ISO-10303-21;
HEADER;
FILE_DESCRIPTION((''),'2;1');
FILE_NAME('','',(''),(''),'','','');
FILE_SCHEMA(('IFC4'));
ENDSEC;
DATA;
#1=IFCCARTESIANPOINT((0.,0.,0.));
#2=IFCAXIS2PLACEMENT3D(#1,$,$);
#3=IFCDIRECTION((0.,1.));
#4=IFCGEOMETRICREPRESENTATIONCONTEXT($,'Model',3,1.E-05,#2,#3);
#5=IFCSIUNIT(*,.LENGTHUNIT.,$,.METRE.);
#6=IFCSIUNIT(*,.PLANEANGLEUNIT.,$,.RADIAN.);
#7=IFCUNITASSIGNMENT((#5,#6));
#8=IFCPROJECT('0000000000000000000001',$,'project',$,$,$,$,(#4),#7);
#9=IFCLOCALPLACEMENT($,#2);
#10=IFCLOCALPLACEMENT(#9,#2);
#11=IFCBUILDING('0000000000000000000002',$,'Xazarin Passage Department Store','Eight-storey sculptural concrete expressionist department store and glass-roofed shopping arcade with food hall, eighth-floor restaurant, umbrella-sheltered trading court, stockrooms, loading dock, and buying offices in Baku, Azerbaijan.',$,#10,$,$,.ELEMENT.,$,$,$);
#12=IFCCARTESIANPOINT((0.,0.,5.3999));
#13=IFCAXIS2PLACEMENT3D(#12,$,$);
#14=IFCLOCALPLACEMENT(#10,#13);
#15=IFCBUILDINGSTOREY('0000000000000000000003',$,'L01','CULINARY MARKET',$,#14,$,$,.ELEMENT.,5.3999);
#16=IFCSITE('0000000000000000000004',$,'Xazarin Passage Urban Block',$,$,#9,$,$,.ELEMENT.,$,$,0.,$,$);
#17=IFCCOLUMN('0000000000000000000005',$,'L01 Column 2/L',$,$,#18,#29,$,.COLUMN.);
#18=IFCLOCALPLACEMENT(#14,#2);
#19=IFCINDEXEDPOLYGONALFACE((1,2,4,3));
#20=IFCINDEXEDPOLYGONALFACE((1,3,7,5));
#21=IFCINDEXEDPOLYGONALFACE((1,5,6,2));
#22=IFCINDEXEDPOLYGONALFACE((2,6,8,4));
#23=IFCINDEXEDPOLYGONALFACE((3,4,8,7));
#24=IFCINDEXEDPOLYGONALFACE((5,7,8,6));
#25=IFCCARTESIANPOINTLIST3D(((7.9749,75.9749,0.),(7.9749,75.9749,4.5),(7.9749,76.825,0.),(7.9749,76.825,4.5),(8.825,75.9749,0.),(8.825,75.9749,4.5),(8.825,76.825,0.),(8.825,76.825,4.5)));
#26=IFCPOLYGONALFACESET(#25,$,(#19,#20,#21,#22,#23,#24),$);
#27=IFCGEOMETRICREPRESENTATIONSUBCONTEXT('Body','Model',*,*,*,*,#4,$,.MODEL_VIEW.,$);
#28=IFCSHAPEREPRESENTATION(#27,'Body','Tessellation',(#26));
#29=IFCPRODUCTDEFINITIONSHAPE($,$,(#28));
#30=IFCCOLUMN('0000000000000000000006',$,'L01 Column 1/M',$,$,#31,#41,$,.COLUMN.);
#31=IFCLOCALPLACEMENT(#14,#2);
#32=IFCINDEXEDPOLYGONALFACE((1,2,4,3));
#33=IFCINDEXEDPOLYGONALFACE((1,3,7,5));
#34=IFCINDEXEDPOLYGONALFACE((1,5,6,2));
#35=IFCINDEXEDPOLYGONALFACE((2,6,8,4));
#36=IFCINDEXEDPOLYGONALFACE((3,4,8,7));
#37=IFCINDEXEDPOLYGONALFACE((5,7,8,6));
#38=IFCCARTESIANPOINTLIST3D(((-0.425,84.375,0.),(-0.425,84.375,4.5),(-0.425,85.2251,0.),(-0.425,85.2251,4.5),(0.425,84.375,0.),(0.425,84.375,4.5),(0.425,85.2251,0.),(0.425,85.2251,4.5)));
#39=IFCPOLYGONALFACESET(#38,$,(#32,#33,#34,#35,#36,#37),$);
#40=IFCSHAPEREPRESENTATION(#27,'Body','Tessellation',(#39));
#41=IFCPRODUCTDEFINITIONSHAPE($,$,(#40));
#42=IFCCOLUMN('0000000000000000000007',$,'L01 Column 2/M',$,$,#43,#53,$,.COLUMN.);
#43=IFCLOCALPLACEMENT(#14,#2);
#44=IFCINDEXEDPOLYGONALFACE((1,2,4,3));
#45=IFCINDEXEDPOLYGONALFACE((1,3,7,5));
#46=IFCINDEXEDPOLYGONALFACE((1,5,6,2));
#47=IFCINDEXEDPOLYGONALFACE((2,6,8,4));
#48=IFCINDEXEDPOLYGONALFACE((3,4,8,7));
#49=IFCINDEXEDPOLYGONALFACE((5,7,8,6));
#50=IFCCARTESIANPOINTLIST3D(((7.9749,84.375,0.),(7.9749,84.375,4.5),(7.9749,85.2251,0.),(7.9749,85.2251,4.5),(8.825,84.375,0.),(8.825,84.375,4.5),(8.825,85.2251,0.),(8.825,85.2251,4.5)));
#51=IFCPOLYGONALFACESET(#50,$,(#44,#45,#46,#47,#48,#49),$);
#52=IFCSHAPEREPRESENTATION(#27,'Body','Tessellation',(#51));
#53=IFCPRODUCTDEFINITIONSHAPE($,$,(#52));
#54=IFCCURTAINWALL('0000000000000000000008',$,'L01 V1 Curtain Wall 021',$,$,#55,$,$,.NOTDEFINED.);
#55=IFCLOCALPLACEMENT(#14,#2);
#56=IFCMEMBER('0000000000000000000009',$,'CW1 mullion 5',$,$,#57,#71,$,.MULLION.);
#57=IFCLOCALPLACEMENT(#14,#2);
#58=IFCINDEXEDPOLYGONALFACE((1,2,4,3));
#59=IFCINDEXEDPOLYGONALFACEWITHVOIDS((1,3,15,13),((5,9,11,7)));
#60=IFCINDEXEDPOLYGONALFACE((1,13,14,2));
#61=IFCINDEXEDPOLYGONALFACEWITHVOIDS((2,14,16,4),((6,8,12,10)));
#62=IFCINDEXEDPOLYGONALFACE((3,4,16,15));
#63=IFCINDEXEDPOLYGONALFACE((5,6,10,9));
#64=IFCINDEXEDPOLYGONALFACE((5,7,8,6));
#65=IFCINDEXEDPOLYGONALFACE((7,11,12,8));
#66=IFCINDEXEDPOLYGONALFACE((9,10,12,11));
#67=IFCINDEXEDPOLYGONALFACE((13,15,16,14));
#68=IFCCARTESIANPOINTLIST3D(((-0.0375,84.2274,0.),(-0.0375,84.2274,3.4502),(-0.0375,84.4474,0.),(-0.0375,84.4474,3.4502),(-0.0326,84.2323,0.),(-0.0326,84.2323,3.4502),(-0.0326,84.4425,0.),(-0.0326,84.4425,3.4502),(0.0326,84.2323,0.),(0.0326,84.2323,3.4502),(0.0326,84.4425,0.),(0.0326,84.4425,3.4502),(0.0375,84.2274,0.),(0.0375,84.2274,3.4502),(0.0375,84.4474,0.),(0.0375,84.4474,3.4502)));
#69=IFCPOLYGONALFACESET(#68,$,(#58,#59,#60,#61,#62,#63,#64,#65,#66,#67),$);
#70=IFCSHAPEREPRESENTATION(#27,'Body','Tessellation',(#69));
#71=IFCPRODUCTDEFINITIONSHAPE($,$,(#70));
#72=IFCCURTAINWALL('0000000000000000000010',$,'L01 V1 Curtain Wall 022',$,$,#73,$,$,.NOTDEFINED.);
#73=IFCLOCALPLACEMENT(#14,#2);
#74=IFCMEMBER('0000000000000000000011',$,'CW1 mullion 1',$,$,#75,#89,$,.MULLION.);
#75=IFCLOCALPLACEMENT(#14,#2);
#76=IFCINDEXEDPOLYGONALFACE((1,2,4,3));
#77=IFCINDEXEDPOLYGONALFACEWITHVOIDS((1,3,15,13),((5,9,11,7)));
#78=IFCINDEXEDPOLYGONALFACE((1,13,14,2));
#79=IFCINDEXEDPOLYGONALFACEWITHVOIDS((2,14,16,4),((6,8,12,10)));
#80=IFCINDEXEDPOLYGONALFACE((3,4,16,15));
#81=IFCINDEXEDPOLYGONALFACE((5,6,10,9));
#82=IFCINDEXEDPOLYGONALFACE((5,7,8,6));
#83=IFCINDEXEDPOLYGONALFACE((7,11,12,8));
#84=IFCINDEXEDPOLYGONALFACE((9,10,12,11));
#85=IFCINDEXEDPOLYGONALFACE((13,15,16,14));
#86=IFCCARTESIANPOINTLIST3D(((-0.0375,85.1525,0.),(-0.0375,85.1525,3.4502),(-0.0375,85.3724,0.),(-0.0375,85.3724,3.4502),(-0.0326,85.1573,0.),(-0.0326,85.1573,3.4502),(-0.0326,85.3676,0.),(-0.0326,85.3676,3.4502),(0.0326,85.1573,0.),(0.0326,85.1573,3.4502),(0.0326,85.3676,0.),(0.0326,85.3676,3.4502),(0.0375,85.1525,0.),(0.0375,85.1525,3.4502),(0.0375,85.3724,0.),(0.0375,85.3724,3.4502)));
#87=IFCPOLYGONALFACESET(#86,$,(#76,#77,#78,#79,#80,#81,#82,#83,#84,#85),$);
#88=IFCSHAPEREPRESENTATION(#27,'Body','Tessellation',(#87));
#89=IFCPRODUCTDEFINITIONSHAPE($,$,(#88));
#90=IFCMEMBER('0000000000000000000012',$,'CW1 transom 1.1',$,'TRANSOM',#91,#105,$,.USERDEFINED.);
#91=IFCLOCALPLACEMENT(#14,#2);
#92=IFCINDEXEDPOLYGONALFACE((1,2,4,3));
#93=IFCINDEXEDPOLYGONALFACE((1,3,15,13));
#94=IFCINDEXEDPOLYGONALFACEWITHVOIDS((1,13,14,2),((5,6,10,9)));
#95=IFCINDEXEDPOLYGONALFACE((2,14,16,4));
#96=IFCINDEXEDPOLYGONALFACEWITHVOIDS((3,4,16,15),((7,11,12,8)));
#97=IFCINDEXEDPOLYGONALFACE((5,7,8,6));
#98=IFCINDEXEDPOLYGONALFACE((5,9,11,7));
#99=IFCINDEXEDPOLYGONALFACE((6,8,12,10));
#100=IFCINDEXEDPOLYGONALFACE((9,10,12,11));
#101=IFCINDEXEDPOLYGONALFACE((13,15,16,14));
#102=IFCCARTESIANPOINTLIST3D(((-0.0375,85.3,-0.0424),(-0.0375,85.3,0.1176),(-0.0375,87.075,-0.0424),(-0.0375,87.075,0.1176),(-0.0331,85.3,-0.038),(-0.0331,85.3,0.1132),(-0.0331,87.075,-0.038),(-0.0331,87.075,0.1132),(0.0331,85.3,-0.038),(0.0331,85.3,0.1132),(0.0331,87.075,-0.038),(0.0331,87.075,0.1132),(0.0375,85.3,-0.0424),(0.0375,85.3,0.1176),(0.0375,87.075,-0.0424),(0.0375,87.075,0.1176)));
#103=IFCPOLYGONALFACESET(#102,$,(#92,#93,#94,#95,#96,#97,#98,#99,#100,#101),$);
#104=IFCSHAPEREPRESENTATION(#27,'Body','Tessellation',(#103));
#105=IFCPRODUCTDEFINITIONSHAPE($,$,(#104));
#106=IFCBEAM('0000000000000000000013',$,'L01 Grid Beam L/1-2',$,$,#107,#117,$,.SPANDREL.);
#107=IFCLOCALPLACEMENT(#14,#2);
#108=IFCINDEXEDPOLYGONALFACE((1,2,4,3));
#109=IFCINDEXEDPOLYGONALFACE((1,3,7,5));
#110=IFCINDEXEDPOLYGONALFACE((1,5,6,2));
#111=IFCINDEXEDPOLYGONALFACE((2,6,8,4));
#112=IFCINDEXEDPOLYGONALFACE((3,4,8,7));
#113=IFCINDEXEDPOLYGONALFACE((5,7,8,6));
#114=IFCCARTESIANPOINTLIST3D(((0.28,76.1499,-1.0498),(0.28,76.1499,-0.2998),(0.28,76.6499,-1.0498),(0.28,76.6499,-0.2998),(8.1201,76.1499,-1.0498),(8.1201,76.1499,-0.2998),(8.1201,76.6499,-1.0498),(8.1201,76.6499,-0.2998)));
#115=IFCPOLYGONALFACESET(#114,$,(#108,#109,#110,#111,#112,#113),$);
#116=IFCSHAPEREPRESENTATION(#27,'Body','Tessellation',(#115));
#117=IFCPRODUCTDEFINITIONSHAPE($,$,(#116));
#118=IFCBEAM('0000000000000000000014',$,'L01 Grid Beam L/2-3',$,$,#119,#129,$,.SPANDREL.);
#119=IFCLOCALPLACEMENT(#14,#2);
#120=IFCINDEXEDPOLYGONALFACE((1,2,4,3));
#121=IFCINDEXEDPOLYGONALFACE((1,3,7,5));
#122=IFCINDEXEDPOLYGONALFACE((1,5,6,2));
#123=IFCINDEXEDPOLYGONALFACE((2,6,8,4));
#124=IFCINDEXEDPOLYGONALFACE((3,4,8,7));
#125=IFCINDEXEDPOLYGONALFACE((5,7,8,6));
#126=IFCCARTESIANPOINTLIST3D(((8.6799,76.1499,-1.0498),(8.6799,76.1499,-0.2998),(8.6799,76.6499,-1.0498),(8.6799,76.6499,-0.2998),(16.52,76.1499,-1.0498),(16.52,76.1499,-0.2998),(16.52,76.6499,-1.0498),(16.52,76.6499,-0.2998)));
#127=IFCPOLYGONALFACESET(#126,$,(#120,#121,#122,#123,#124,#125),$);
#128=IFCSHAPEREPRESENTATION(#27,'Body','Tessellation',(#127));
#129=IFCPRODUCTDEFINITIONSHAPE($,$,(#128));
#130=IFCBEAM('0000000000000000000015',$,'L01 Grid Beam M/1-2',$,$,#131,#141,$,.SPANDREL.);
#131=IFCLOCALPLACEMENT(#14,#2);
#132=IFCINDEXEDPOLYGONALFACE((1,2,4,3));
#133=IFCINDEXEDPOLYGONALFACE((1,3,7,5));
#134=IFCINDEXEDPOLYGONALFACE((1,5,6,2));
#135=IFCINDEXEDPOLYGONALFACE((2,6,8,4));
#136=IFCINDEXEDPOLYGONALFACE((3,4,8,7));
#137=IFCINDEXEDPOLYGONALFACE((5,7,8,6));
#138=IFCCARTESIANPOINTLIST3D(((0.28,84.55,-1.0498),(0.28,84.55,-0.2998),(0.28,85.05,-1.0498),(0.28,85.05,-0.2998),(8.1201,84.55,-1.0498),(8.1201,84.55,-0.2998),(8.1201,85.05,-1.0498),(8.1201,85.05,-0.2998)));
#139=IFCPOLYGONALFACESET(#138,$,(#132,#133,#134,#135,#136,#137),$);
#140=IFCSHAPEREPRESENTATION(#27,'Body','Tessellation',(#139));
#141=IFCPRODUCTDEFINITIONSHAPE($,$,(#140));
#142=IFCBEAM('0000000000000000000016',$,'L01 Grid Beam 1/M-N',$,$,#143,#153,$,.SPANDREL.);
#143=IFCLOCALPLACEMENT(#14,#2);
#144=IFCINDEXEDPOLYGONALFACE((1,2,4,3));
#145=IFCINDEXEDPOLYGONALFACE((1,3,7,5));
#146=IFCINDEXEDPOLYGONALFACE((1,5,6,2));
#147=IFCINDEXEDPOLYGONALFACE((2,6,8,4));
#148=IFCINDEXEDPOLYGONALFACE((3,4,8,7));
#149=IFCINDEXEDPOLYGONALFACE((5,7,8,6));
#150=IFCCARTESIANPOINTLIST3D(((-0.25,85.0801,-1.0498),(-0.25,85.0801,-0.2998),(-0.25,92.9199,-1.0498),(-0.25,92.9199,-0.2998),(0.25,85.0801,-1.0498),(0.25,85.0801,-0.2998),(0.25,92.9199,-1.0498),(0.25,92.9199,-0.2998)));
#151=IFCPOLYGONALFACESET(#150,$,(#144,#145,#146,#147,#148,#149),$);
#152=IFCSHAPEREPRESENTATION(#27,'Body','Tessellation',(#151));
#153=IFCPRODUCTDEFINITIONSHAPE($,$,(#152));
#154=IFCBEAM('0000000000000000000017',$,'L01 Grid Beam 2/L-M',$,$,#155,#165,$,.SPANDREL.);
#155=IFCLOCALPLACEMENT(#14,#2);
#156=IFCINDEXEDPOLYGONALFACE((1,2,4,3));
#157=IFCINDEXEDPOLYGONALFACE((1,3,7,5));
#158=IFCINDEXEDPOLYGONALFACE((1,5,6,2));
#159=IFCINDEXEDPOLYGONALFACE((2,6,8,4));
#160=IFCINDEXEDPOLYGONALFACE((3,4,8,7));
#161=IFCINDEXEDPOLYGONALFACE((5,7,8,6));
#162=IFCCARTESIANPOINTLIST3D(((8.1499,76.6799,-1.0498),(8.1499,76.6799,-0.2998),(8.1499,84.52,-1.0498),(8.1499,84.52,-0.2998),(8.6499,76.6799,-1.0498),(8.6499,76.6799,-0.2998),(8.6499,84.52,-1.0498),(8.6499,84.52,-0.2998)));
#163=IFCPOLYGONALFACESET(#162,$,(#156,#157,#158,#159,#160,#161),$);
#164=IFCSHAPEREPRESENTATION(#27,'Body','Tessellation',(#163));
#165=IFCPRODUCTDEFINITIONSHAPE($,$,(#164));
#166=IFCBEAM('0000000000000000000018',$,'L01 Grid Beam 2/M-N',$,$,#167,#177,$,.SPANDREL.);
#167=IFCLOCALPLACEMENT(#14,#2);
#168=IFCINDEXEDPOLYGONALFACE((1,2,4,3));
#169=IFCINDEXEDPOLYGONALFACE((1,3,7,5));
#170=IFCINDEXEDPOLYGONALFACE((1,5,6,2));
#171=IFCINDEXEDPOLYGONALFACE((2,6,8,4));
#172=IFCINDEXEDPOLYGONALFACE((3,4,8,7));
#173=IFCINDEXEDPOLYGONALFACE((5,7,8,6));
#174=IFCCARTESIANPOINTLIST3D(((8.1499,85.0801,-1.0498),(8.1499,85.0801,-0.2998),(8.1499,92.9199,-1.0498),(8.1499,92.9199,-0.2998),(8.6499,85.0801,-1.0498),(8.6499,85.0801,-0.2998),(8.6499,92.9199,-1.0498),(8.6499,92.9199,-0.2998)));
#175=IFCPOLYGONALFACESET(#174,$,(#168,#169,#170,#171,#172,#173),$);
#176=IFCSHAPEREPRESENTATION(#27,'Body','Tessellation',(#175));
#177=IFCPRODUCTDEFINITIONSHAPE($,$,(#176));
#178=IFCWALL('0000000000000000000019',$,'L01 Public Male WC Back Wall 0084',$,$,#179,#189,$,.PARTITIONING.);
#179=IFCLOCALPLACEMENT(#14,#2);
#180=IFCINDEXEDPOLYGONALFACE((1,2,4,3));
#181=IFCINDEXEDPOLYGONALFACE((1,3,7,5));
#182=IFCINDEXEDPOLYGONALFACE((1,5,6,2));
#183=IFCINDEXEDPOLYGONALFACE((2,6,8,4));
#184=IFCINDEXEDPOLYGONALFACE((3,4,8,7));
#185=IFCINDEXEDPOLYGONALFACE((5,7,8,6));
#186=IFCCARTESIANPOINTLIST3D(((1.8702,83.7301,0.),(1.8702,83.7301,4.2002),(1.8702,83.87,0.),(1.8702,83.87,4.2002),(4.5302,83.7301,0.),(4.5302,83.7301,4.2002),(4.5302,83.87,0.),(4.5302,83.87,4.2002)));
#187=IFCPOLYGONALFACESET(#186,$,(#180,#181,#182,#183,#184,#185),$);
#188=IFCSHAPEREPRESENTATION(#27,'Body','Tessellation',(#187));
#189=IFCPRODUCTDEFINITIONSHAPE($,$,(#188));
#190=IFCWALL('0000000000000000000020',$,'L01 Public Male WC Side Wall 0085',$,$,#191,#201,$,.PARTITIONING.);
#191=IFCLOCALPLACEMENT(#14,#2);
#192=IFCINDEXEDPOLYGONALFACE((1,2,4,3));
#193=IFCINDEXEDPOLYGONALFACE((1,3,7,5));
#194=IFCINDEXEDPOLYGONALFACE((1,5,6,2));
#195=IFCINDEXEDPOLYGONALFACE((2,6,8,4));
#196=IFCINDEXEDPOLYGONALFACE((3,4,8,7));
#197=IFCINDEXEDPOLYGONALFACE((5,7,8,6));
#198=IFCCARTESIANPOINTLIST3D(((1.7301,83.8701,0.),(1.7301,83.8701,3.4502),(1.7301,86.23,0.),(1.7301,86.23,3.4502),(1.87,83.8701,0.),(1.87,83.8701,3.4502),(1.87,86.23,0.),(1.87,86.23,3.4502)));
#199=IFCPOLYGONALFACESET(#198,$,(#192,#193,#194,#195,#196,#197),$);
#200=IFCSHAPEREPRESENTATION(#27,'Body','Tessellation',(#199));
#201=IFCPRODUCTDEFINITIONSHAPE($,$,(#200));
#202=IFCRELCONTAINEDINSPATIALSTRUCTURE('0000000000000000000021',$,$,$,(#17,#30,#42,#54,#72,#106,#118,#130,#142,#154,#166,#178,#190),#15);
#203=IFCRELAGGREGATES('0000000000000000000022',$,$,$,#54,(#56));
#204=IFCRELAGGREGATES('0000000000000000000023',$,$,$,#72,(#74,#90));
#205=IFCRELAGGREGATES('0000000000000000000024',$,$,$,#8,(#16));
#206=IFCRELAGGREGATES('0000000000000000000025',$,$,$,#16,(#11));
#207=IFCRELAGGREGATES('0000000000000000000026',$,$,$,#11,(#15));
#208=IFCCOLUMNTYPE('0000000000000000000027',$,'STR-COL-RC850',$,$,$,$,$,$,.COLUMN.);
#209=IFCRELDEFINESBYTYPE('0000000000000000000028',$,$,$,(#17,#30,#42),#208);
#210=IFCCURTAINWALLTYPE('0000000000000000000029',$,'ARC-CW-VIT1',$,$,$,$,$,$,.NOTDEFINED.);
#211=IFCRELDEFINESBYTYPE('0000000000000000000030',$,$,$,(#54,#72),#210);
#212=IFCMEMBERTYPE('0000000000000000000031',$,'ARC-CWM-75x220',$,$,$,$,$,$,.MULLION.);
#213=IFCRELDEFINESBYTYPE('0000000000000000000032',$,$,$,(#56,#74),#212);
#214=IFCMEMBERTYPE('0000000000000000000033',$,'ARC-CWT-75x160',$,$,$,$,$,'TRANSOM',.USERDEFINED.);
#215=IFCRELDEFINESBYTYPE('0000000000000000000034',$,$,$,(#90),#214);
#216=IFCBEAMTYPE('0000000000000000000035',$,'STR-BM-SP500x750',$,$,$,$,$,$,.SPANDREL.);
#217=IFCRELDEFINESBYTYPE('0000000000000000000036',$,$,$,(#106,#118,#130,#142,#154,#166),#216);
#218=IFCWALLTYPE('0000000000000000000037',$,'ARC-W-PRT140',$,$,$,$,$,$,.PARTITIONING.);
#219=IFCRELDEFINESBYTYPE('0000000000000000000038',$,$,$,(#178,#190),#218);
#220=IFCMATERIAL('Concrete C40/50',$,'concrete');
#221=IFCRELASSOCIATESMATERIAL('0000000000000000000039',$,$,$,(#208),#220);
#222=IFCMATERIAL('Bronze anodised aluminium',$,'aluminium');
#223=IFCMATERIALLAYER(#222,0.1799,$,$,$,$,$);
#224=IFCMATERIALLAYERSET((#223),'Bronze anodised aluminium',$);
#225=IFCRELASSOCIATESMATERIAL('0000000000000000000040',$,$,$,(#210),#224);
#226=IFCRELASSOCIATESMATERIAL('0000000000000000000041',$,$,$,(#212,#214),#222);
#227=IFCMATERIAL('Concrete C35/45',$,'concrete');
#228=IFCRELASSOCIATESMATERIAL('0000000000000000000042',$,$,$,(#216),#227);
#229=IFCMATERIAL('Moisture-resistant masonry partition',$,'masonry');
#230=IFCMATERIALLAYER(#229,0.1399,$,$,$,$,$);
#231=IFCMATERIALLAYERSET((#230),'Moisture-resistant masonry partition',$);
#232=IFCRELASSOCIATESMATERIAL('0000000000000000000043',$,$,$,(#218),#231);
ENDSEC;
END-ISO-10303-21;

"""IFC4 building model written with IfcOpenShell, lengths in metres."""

from ifc_helpers import new_model, si_unit, direction, frame, frame_2d, origin, origin_2d, place, context, subcontext, project, spatial, rectangle, hollow_rectangle, extrude, material, layer, layer_set, material_profile, profile_set, type_object, element, aggregate, save


model = new_model("IFC4")

# Units and contexts
model_context = context("Model", 3, precision=1e-05, world=origin(), true_north=direction((0.0, 1.0)))
body_context = subcontext(model_context, "Body", "Model", "MODEL_VIEW")
ifc_project = project(units=[si_unit("LENGTHUNIT", "METRE"), si_unit("PLANEANGLEUNIT", "RADIAN")], contexts=[model_context])

# Site, building, storey
site_placement = place(None, origin())
site = spatial("IfcSite", under=ifc_project, at=site_placement, Name="Xazarin Passage Urban Block", CompositionType="ELEMENT", RefElevation=0.0)
building_placement = place(site_placement, origin())
building = spatial("IfcBuilding", under=site, at=building_placement, Name="Xazarin Passage Department Store", Description="Eight-storey sculptural concrete expressionist department store and glass-roofed shopping arcade with food hall, eighth-floor restaurant, umbrella-sheltered trading court, stockrooms, loading dock, and buying offices in Baku, Azerbaijan.", CompositionType="ELEMENT")
storey_placement = place(building_placement, frame((0.0, 0.0, 5.3999)))
storey = spatial("IfcBuildingStorey", under=building, at=storey_placement, Name="L01", Description="CULINARY MARKET", CompositionType="ELEMENT", Elevation=5.3999)

# Columns
ifc_material_1 = material(Name="Concrete C40/50", Category="concrete")
ifc_material_profile_1 = material_profile(ifc_material_1, rectangle(XDim=0.8501, YDim=0.8501, at=origin_2d()), Name="RC 850x850")
ifc_profile_set_1 = profile_set([ifc_material_profile_1], Name="Concrete C40/50")
column_type = type_object("IfcColumnType", Name="STR-COL-RC850", PredefinedType="COLUMN", material=ifc_profile_set_1)
for number, where, z_axis, x_axis, name in (
    (1, (8.3999, 76.3999, 0.0), (0.0, 0.0, 1.0), (1.0, 0.0, 0.0), "L01 Column 2/L"),
    (2, (0.0, 84.8, 0.0), (0.0, 0.0, 1.0), (1.0, 0.0, 0.0), "L01 Column 1/M"),
    (3, (8.3999, 84.8, 0.0), (0.0, 0.0, 1.0), (1.0, 0.0, 0.0), "L01 Column 2/M"),
):
    element("IfcColumn", number, at=place(storey_placement, frame(where, z_axis=z_axis, x_axis=x_axis)), inside=storey, type_object=column_type, Name=name, PredefinedType="COLUMN", context=body_context, shape_type="SweptSolid", body=[
        extrude(rectangle(XDim=0.8501, YDim=0.8501, at=origin_2d()), origin(), (0.0, 0.0, 1.0), 4.5),
    ])

# Curtain wall, member
ifc_material_2 = material(Name="Bronze anodised aluminium", Category="aluminium")
ifc_layer_1 = layer(ifc_material_2, 0.1799)
ifc_layer_set_1 = layer_set([ifc_layer_1], Name="Bronze anodised aluminium")
curtain_wall_type = type_object("IfcCurtainWallType", Name="ARC-CW-VIT1", PredefinedType="NOTDEFINED", material=ifc_layer_set_1)
curtain_wall_1_placement = place(storey_placement, origin())
curtain_wall_1 = element("IfcCurtainWall", 4, at=curtain_wall_1_placement, inside=storey, type_object=curtain_wall_type, Name="L01 V1 Curtain Wall 021", PredefinedType="NOTDEFINED")
ifc_material_profile_2 = material_profile(ifc_material_2, hollow_rectangle(XDim=0.075, YDim=0.22, WallThickness=0.0049, at=origin_2d()), Name="ALU 75x220")
ifc_profile_set_2 = profile_set([ifc_material_profile_2], Name="Bronze anodised aluminium")
member_type_1 = type_object("IfcMemberType", Name="ARC-CWM-75x220", PredefinedType="MULLION", material=ifc_profile_set_2)
member_1_placement = place(storey_placement, frame((0.0, 84.3374, 0.0), z_axis=(0.0, 0.0, 1.0), x_axis=(-1.0, 0.0, 0.0)))
member_1 = element("IfcMember", 5, at=member_1_placement, type_object=member_type_1, Name="CW1 mullion 5", PredefinedType="MULLION", context=body_context, shape_type="SweptSolid", body=[
    extrude(hollow_rectangle(XDim=0.075, YDim=0.22, WallThickness=0.0049, at=origin_2d()), origin(), (0.0, 0.0, 1.0), 3.4502),
])
aggregate(curtain_wall_1, [member_1])

# Curtain wall, members
curtain_wall_2_placement = place(storey_placement, origin())
curtain_wall_2 = element("IfcCurtainWall", 6, at=curtain_wall_2_placement, inside=storey, type_object=curtain_wall_type, Name="L01 V1 Curtain Wall 022", PredefinedType="NOTDEFINED")
member_2_placement = place(storey_placement, frame((0.0, 85.2625, 0.0), z_axis=(0.0, 0.0, 1.0), x_axis=(-1.0, 0.0, 0.0)))
member_2 = element("IfcMember", 7, at=member_2_placement, type_object=member_type_1, Name="CW1 mullion 1", PredefinedType="MULLION", context=body_context, shape_type="SweptSolid", body=[
    extrude(hollow_rectangle(XDim=0.075, YDim=0.22, WallThickness=0.0049, at=origin_2d()), origin(), (0.0, 0.0, 1.0), 3.4502),
])
ifc_material_profile_3 = material_profile(ifc_material_2, hollow_rectangle(XDim=0.075, YDim=0.1599, WallThickness=0.0044, at=origin_2d()), Name="ALU 75x160")
ifc_profile_set_3 = profile_set([ifc_material_profile_3], Name="Bronze anodised aluminium")
member_type_2 = type_object("IfcMemberType", Name="ARC-CWT-75x160", ElementType="TRANSOM", PredefinedType="USERDEFINED", material=ifc_profile_set_3)
member_3_placement = place(storey_placement, frame((0.0, 85.3, 0.0376), z_axis=(0.0, 1.0, 0.0), x_axis=(-1.0, 0.0, 0.0)))
member_3 = element("IfcMember", 8, at=member_3_placement, type_object=member_type_2, Name="CW1 transom 1.1", ObjectType="TRANSOM", PredefinedType="USERDEFINED", context=body_context, shape_type="SweptSolid", body=[
    extrude(hollow_rectangle(XDim=0.075, YDim=0.1599, WallThickness=0.0044, at=origin_2d()), origin(), (0.0, 0.0, 1.0), 1.7749),
])
aggregate(curtain_wall_2, [member_2, member_3])

# Beams
ifc_material_3 = material(Name="Concrete C35/45", Category="concrete")
ifc_material_profile_4 = material_profile(ifc_material_3, rectangle(XDim=0.5, YDim=0.75, at=origin_2d()), Name="RC 500x750")
ifc_profile_set_4 = profile_set([ifc_material_profile_4], Name="Concrete C35/45")
beam_type = type_object("IfcBeamType", Name="STR-BM-SP500x750", PredefinedType="SPANDREL", material=ifc_profile_set_4)
for number, where, z_axis, x_axis, name in (
    (9, (0.28, 76.3999, -0.6748), (1.0, 0.0, 0.0), (0.0, 1.0, 0.0), "L01 Grid Beam L/1-2"),
    (10, (8.6799, 76.3999, -0.6748), (1.0, 0.0, 0.0), (0.0, 1.0, 0.0), "L01 Grid Beam L/2-3"),
    (11, (0.28, 84.8, -0.6748), (1.0, 0.0, 0.0), (0.0, 1.0, 0.0), "L01 Grid Beam M/1-2"),
):
    element("IfcBeam", number, at=place(storey_placement, frame(where, z_axis=z_axis, x_axis=x_axis)), inside=storey, type_object=beam_type, Name=name, PredefinedType="SPANDREL", context=body_context, shape_type="SweptSolid", body=[
        extrude(rectangle(XDim=0.5, YDim=0.75, at=origin_2d()), origin(), (0.0, 0.0, 1.0), 7.8401),
    ])
beam_1_placement = place(storey_placement, frame((0.0, 85.0801, -0.6748), z_axis=(0.0, 1.0, 0.0), x_axis=(-1.0, 0.0, 0.0)))
element("IfcBeam", 12, at=beam_1_placement, inside=storey, type_object=beam_type, Name="L01 Grid Beam 1/M-N", PredefinedType="SPANDREL", context=body_context, shape_type="SweptSolid", body=[
    extrude(rectangle(XDim=0.5, YDim=0.75, at=origin_2d()), origin(), (0.0, 0.0, 1.0), 7.8398),
])
beam_2_placement = place(storey_placement, frame((8.3999, 76.6799, -0.6748), z_axis=(0.0, 1.0, 0.0), x_axis=(-1.0, 0.0, 0.0)))
element("IfcBeam", 13, at=beam_2_placement, inside=storey, type_object=beam_type, Name="L01 Grid Beam 2/L-M", PredefinedType="SPANDREL", context=body_context, shape_type="SweptSolid", body=[
    extrude(rectangle(XDim=0.5, YDim=0.75, at=origin_2d()), origin(), (0.0, 0.0, 1.0), 7.8401),
])
beam_3_placement = place(storey_placement, frame((8.3999, 85.0801, -0.6748), z_axis=(0.0, 1.0, 0.0), x_axis=(-1.0, 0.0, 0.0)))
element("IfcBeam", 14, at=beam_3_placement, inside=storey, type_object=beam_type, Name="L01 Grid Beam 2/M-N", PredefinedType="SPANDREL", context=body_context, shape_type="SweptSolid", body=[
    extrude(rectangle(XDim=0.5, YDim=0.75, at=origin_2d()), origin(), (0.0, 0.0, 1.0), 7.8398),
])

# Walls
ifc_material_4 = material(Name="Moisture-resistant masonry partition", Category="masonry")
ifc_layer_2 = layer(ifc_material_4, 0.1399)
ifc_layer_set_2 = layer_set([ifc_layer_2], Name="Moisture-resistant masonry partition")
wall_type_1 = type_object("IfcWallType", Name="ARC-W-PRT140", PredefinedType="PARTITIONING", material=ifc_layer_set_2)
wall_1_placement = place(storey_placement, frame((1.8701, 83.8, 0.0), z_axis=(0.0, 0.0, 1.0), x_axis=(1.0, 0.0, 0.0)))
element("IfcWall", 15, at=wall_1_placement, inside=storey, type_object=wall_type_1, Name="L01 Public Male WC Back Wall 0084", PredefinedType="PARTITIONING", context=body_context, shape_type="SweptSolid", body=[
    extrude(rectangle(XDim=2.6599, YDim=0.1399, at=frame_2d((1.3301, 0.0))), origin(), (0.0, 0.0, 1.0), 4.2002),
])
for number, where, z_axis, x_axis, name in (
    (16, (1.8, 83.8701, 0.0), (0.0, 0.0, 1.0), (0.0, 1.0, 0.0), "L01 Public Male WC Side Wall 0085"),
):
    element("IfcWall", number, at=place(storey_placement, frame(where, z_axis=z_axis, x_axis=x_axis)), inside=storey, type_object=wall_type_1, Name=name, PredefinedType="PARTITIONING", context=body_context, shape_type="SweptSolid", body=[
        extrude(rectangle(XDim=2.3599, YDim=0.1399, at=frame_2d((1.1799, 0.0))), origin(), (0.0, 0.0, 1.0), 3.4502),
    ])

save(model, "model.ifc")
